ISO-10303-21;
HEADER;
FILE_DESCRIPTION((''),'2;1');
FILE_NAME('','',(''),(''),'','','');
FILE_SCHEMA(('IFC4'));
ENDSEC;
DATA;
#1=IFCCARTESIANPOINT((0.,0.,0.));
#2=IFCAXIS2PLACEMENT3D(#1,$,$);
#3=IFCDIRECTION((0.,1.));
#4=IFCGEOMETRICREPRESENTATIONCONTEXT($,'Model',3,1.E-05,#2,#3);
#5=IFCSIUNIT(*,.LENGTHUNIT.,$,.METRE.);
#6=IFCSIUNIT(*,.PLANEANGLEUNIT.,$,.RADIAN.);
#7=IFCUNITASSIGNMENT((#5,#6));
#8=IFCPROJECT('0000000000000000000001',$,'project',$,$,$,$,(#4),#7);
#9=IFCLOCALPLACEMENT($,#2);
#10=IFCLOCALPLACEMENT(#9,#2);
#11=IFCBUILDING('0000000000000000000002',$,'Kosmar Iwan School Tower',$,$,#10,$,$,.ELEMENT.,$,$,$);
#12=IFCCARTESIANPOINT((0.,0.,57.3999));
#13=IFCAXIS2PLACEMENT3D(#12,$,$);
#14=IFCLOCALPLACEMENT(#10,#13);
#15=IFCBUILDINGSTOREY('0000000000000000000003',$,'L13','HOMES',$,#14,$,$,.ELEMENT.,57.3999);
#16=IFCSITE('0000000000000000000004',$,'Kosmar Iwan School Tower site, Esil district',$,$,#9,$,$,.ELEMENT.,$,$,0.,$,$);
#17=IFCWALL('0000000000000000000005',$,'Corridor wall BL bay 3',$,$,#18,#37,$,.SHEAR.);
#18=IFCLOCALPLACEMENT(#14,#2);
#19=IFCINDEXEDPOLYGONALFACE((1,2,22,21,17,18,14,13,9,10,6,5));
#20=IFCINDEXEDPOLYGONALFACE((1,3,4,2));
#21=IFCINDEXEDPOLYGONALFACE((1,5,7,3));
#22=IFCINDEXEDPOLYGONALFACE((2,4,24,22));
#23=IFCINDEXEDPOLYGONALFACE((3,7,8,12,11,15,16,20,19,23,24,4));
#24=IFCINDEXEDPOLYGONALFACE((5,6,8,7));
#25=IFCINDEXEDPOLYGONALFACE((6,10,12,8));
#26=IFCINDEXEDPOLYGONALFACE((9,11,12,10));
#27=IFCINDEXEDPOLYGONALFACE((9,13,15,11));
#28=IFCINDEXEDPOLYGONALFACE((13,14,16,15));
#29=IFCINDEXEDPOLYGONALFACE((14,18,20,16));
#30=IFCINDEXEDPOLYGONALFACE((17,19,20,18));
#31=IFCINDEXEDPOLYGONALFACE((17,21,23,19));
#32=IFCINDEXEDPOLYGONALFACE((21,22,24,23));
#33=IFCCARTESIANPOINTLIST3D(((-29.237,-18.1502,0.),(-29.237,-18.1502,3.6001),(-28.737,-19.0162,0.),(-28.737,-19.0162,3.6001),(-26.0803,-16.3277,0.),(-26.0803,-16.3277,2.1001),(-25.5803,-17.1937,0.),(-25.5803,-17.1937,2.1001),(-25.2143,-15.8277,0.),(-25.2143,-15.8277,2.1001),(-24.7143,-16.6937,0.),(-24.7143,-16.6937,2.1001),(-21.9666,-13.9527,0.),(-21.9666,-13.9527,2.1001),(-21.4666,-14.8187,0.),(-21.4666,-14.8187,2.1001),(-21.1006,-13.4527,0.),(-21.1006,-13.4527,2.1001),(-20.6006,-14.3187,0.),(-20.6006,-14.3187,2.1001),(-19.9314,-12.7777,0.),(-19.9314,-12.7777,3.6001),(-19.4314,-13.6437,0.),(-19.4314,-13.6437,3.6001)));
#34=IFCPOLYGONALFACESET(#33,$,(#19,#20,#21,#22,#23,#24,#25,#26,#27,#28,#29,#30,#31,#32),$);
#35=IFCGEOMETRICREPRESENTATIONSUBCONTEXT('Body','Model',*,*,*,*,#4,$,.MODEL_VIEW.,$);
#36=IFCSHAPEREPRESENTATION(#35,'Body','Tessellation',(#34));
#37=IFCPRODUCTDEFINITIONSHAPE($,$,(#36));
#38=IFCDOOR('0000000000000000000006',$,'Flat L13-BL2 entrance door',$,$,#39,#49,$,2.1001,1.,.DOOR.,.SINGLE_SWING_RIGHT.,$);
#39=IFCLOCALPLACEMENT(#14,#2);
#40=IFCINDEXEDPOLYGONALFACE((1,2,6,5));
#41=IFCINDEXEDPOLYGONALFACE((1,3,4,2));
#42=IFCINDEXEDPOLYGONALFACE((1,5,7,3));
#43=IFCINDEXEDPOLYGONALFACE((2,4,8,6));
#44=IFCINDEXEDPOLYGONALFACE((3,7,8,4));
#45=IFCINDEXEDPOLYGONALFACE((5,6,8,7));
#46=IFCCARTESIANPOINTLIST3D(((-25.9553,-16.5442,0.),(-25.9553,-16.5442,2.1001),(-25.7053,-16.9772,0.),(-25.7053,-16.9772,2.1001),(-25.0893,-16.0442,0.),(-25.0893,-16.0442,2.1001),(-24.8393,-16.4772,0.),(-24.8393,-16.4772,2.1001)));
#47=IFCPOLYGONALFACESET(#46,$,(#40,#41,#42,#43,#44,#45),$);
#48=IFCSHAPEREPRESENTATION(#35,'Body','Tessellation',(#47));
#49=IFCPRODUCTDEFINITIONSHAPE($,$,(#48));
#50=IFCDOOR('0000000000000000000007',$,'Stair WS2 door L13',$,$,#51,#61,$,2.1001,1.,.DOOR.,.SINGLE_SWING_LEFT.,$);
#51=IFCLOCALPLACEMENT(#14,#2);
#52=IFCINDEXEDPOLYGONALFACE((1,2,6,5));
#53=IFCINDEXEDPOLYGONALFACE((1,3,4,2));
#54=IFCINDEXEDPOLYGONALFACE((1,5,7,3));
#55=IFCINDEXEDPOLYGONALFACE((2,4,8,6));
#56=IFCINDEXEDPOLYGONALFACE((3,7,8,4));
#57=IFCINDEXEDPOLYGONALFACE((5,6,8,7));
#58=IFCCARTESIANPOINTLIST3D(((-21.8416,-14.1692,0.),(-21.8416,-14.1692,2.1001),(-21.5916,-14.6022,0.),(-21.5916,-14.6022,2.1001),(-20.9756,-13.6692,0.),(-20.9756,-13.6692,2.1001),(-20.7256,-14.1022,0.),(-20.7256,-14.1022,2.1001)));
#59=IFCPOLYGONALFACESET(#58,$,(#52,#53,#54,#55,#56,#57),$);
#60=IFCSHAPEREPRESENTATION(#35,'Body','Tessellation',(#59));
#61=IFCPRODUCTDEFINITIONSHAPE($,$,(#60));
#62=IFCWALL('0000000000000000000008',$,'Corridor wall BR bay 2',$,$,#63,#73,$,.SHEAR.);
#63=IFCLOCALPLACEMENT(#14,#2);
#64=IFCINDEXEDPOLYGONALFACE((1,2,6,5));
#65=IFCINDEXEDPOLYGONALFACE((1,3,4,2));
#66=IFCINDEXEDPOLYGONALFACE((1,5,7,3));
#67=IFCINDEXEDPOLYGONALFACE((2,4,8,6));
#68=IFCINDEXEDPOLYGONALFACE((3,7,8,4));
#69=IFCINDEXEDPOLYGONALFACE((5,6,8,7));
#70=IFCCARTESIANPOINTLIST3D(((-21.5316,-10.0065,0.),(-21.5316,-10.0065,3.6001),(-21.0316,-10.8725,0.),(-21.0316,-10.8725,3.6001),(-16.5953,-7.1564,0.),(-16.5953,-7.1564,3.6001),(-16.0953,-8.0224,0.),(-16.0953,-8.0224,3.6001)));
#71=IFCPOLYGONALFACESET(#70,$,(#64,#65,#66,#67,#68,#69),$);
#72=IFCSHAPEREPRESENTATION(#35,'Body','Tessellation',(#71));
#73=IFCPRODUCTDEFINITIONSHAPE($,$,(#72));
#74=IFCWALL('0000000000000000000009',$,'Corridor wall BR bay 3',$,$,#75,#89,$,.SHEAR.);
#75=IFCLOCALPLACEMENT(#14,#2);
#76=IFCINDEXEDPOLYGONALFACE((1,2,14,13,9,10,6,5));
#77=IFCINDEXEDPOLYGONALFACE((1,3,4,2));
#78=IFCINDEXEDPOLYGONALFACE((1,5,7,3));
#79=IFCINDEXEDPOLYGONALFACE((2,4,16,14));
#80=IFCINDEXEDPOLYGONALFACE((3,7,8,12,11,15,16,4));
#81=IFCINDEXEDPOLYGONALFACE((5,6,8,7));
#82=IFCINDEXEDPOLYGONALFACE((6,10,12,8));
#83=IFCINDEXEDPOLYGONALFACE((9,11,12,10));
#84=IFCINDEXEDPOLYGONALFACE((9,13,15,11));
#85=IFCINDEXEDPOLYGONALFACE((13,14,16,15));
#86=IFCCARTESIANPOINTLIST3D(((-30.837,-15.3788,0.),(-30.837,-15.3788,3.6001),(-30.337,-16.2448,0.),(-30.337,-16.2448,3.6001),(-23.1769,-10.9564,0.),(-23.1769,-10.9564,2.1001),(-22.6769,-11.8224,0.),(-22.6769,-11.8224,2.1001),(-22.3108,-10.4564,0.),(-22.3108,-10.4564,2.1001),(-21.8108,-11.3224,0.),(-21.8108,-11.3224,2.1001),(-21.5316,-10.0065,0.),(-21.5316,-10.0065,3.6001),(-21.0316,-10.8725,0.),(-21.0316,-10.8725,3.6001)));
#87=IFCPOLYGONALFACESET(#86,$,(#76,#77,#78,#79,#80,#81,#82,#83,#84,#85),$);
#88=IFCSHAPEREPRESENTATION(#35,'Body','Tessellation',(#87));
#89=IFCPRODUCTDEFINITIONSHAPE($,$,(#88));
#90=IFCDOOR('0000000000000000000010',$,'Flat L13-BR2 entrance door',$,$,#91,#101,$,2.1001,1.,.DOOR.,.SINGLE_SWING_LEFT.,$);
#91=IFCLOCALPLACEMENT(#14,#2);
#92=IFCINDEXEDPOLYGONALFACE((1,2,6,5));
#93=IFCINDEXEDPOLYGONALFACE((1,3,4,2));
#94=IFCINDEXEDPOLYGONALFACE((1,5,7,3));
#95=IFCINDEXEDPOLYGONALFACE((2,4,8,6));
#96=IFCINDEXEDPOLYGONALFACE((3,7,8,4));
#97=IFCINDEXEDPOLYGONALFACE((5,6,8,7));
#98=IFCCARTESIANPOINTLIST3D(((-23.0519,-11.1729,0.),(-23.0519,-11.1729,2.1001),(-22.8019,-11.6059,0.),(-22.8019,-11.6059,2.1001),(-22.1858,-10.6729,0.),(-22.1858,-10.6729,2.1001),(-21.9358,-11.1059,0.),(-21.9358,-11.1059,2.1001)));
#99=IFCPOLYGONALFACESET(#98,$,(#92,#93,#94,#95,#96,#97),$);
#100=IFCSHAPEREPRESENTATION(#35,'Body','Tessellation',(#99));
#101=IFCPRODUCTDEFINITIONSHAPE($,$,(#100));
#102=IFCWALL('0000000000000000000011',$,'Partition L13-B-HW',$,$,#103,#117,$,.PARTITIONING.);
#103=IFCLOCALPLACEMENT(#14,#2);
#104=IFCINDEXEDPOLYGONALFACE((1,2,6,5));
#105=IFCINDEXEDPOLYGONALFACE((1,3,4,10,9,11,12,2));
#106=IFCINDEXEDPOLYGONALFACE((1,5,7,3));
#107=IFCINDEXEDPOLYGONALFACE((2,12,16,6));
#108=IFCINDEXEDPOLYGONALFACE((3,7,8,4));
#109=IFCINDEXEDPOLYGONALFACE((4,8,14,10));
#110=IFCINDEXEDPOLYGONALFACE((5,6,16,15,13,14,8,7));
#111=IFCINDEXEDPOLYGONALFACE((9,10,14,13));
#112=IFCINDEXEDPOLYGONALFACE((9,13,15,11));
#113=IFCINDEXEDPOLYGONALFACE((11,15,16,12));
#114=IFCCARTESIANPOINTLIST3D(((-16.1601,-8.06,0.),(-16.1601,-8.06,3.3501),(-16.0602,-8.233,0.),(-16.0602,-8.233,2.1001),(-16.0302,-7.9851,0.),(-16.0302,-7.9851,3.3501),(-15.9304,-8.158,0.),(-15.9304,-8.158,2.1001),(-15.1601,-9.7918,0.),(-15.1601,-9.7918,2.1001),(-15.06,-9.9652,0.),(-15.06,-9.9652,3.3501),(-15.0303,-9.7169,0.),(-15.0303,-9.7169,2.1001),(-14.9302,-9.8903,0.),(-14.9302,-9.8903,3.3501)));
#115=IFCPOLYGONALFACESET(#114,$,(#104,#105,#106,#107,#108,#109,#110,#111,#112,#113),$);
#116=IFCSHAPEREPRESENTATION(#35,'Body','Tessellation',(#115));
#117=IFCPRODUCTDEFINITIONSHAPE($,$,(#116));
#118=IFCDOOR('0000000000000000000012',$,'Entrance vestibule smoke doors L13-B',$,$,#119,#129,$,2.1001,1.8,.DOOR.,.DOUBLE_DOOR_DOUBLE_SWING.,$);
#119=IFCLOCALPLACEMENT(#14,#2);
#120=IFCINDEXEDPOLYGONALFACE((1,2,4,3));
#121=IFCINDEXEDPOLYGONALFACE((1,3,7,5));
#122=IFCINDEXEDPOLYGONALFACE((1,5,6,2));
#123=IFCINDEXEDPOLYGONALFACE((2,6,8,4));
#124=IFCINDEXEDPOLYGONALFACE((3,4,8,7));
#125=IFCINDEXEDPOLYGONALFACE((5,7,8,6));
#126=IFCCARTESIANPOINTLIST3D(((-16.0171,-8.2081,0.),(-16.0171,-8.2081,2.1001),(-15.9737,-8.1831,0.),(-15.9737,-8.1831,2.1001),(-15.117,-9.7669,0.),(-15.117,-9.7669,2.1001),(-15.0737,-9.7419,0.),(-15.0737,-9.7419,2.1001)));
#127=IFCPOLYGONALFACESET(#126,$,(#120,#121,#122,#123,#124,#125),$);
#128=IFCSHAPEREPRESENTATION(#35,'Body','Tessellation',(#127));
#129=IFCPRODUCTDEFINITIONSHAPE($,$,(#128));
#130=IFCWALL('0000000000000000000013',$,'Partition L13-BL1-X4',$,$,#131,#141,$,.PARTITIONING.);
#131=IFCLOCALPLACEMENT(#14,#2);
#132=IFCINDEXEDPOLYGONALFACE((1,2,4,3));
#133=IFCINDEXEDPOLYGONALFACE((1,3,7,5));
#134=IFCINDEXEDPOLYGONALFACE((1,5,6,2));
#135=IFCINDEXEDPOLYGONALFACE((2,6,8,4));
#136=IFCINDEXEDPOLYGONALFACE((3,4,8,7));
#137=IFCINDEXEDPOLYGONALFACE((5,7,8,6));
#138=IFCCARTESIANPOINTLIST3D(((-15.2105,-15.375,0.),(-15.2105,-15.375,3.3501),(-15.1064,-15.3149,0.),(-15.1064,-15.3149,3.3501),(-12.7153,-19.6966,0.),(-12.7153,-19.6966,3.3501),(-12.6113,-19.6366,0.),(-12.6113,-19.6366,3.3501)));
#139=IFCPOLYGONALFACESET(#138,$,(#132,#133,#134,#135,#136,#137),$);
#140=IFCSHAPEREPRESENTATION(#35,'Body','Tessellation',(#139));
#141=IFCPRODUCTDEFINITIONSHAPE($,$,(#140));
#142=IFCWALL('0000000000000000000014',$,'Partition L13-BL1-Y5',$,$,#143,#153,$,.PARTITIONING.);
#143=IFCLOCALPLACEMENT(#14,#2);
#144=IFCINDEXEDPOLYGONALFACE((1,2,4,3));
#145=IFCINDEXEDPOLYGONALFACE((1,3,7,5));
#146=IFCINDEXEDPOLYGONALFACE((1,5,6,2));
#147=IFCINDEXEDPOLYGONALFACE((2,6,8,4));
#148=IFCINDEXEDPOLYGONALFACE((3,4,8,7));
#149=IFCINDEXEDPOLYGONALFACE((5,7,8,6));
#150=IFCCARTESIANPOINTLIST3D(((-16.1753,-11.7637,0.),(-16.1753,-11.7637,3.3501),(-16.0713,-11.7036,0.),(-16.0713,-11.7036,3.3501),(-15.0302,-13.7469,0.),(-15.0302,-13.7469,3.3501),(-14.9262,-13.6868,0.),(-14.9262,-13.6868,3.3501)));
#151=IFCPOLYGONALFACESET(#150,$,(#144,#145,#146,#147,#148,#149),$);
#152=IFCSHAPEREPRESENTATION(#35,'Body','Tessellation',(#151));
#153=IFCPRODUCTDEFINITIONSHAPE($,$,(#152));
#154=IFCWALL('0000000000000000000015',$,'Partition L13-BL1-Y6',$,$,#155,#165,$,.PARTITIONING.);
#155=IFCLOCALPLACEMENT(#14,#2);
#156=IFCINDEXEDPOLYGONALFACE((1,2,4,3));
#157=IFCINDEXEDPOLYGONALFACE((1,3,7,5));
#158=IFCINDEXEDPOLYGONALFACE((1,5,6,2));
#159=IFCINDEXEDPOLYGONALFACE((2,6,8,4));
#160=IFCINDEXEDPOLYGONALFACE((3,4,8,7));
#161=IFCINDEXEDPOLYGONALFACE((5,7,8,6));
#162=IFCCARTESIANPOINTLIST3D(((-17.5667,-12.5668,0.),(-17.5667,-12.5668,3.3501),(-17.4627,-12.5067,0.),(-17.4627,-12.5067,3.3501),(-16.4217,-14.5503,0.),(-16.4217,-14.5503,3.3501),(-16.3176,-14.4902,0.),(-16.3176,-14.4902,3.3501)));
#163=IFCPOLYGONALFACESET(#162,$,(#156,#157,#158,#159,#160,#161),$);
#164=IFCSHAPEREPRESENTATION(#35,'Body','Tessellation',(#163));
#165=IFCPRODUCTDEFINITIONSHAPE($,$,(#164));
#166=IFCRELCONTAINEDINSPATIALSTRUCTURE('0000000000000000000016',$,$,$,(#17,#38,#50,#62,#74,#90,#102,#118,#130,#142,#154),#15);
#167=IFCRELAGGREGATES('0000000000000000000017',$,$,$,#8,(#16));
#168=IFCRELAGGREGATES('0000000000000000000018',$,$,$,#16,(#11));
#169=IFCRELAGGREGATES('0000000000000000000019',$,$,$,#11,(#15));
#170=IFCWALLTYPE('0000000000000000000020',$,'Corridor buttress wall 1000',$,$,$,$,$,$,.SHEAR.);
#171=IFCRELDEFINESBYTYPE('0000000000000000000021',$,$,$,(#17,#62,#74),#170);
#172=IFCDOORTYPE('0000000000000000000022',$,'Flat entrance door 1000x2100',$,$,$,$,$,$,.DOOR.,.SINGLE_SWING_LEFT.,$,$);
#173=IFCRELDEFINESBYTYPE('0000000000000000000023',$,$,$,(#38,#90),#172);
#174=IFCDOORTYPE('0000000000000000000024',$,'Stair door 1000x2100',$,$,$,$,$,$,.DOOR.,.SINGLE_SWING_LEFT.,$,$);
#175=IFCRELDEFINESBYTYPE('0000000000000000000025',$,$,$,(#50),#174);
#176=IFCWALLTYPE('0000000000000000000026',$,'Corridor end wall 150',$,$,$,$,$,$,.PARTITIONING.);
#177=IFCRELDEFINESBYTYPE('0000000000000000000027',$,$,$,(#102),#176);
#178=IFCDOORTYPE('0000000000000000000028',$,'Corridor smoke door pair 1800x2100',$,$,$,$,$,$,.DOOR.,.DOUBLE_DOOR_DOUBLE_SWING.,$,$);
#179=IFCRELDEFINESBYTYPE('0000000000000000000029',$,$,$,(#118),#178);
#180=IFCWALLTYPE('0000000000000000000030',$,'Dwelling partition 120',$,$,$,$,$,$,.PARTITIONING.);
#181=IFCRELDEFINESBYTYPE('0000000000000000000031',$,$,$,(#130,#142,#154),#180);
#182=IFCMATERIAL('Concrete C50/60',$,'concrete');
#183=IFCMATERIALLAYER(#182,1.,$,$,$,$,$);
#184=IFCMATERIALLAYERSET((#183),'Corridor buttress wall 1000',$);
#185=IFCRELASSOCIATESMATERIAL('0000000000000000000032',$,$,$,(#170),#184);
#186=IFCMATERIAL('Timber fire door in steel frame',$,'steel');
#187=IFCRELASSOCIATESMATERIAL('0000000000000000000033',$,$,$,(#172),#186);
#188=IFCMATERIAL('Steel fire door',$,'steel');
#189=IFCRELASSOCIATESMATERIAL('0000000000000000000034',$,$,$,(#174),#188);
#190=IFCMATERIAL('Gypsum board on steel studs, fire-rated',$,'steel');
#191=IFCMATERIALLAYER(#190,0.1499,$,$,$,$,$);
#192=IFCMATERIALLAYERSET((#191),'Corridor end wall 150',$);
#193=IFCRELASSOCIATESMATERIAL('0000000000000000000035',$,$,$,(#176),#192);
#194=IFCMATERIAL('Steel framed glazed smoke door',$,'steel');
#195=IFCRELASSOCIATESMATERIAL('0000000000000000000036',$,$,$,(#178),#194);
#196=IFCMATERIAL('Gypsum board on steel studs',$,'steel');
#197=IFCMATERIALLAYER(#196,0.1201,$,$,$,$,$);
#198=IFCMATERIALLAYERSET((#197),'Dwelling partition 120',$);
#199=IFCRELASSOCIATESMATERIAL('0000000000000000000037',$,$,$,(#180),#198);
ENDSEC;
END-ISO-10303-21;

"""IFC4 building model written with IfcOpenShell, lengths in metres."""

from ifc_helpers import new_model, si_unit, direction, frame, frame_2d, origin, place, context, subcontext, project, spatial, rectangle, extrude, material, layer, layer_set, type_object, element, fill, save


model = new_model("IFC4")

# Units and contexts
model_context = context("Model", 3, precision=1e-05, world=origin(), true_north=direction((0.0, 1.0)))
body_context = subcontext(model_context, "Body", "Model", "MODEL_VIEW")
ifc_project = project(units=[si_unit("LENGTHUNIT", "METRE"), si_unit("PLANEANGLEUNIT", "RADIAN")], contexts=[model_context])

# Site, building, storey
site_placement = place(None, origin())
site = spatial("IfcSite", under=ifc_project, at=site_placement, Name="Kosmar Iwan School Tower site, Esil district", CompositionType="ELEMENT", RefElevation=0.0)
building_placement = place(site_placement, origin())
building = spatial("IfcBuilding", under=site, at=building_placement, Name="Kosmar Iwan School Tower", CompositionType="ELEMENT")
storey_placement = place(building_placement, frame((0.0, 0.0, 57.3999)))
storey = spatial("IfcBuildingStorey", under=building, at=storey_placement, Name="L13", Description="HOMES", CompositionType="ELEMENT", Elevation=57.3999)

# Wall, openings, doors
ifc_material_1 = material(Name="Concrete C50/60", Category="concrete")
ifc_layer_1 = layer(ifc_material_1, 1.0)
ifc_layer_set_1 = layer_set([ifc_layer_1], Name="Corridor buttress wall 1000")
wall_type_1 = type_object("IfcWallType", Name="Corridor buttress wall 1000", PredefinedType="SHEAR", material=ifc_layer_set_1)
wall_1_placement = place(storey_placement, frame((-19.6814, -13.2107, 0.0), z_axis=(0.0, 0.0, 1.0), x_axis=(-0.866028, -0.499995, 0.0)))
wall_1 = element("IfcWall", 1, at=wall_1_placement, inside=storey, type_object=wall_type_1, Name="Corridor wall BL bay 3", PredefinedType="SHEAR", context=body_context, shape_type="SweptSolid", body=[
    extrude(rectangle(XDim=10.7451, YDim=1.0, at=frame_2d((5.3726, 0.0))), origin(), (0.0, 0.0, 1.0), 3.6001),
])
opening_1_placement = place(wall_1_placement, frame((6.1001, 0.0, 0.0)))
opening_1 = element("IfcOpeningElement", 2, at=opening_1_placement, cuts=wall_1, PredefinedType="OPENING", context=body_context, shape_type="SweptSolid", body=[
    extrude(rectangle(XDim=1.0, YDim=2.1001, at=frame_2d((0.5, 1.05))), frame((0.0, 0.512, 0.0), z_axis=(0.0, -1.0, 0.0), x_axis=(1.0, 0.0, 0.0)), (0.0, 0.0, 1.0), 1.0239),
])
opening_2_placement = place(wall_1_placement, frame((1.3501, 0.0, 0.0)))
opening_2 = element("IfcOpeningElement", 3, at=opening_2_placement, cuts=wall_1, PredefinedType="OPENING", context=body_context, shape_type="SweptSolid", body=[
    extrude(rectangle(XDim=1.0, YDim=2.1001, at=frame_2d((0.5, 1.05))), frame((0.0, 0.512, 0.0), z_axis=(0.0, -1.0, 0.0), x_axis=(1.0, 0.0, 0.0)), (0.0, 0.0, 1.0), 1.0239),
])
ifc_material_2 = material(Name="Timber fire door in steel frame", Category="steel")
door_type_1 = type_object("IfcDoorType", Name="Flat entrance door 1000x2100", OperationType="SINGLE_SWING_LEFT", PredefinedType="DOOR", material=ifc_material_2)
door_1_placement = place(opening_1_placement, origin())
door_1 = element("IfcDoor", 4, at=door_1_placement, inside=storey, type_object=door_type_1, Name="Flat L13-BL2 entrance door", OperationType="SINGLE_SWING_RIGHT", OverallHeight=2.1001, OverallWidth=1.0, PredefinedType="DOOR", context=body_context, shape_type="SweptSolid", body=[
    extrude(rectangle(XDim=1.0, YDim=2.1001, at=frame_2d((0.5, 1.05))), frame((0.0, 0.25, 0.0), z_axis=(0.0, -1.0, 0.0), x_axis=(1.0, 0.0, 0.0)), (0.0, 0.0, 1.0), 0.5),
])
fill(opening_1, door_1)
ifc_material_3 = material(Name="Steel fire door", Category="steel")
door_type_2 = type_object("IfcDoorType", Name="Stair door 1000x2100", OperationType="SINGLE_SWING_LEFT", PredefinedType="DOOR", material=ifc_material_3)
door_2_placement = place(opening_2_placement, origin())
door_2 = element("IfcDoor", 5, at=door_2_placement, inside=storey, type_object=door_type_2, Name="Stair WS2 door L13", OperationType="SINGLE_SWING_LEFT", OverallHeight=2.1001, OverallWidth=1.0, PredefinedType="DOOR", context=body_context, shape_type="SweptSolid", body=[
    extrude(rectangle(XDim=1.0, YDim=2.1001, at=frame_2d((0.5, 1.05))), frame((0.0, 0.25, 0.0), z_axis=(0.0, -1.0, 0.0), x_axis=(1.0, 0.0, 0.0)), (0.0, 0.0, 1.0), 0.5),
])
fill(opening_2, door_2)

# Wall
wall_2_placement = place(storey_placement, frame((-16.3452, -7.5894, 0.0), z_axis=(0.0, 0.0, 1.0), x_axis=(-0.866015, -0.500018, 0.0)))
element("IfcWall", 6, at=wall_2_placement, inside=storey, type_object=wall_type_1, Name="Corridor wall BR bay 2", PredefinedType="SHEAR", context=body_context, shape_type="SweptSolid", body=[
    extrude(rectangle(XDim=5.7, YDim=1.0, at=frame_2d((2.8501, 0.0))), origin(), (0.0, 0.0, 1.0), 3.6001),
])

# Walls, openings, doors
wall_3_placement = place(storey_placement, frame((-21.2815, -10.4395, 0.0), z_axis=(0.0, 0.0, 1.0), x_axis=(-0.866032, -0.499988, 0.0)))
wall_3 = element("IfcWall", 7, at=wall_3_placement, inside=storey, type_object=wall_type_1, Name="Corridor wall BR bay 3", PredefinedType="SHEAR", context=body_context, shape_type="SweptSolid", body=[
    extrude(rectangle(XDim=10.7449, YDim=1.0, at=frame_2d((5.3726, 0.0))), origin(), (0.0, 0.0, 1.0), 3.6001),
])
opening_3_placement = place(wall_3_placement, frame((0.8999, 0.0, 0.0)))
opening_3 = element("IfcOpeningElement", 8, at=opening_3_placement, cuts=wall_3, PredefinedType="OPENING", context=body_context, shape_type="SweptSolid", body=[
    extrude(rectangle(XDim=1.0, YDim=2.1001, at=frame_2d((0.5, 1.05))), frame((0.0, 0.512, 0.0), z_axis=(0.0, -1.0, 0.0), x_axis=(1.0, 0.0, 0.0)), (0.0, 0.0, 1.0), 1.0239),
])
door_3_placement = place(opening_3_placement, origin())
door_3 = element("IfcDoor", 9, at=door_3_placement, inside=storey, type_object=door_type_1, Name="Flat L13-BR2 entrance door", OperationType="SINGLE_SWING_LEFT", OverallHeight=2.1001, OverallWidth=1.0, PredefinedType="DOOR", context=body_context, shape_type="SweptSolid", body=[
    extrude(rectangle(XDim=1.0, YDim=2.1001, at=frame_2d((0.5, 1.05))), frame((0.0, 0.25, 0.0), z_axis=(0.0, -1.0, 0.0), x_axis=(1.0, 0.0, 0.0)), (0.0, 0.0, 1.0), 0.5),
])
fill(opening_3, door_3)
ifc_material_4 = material(Name="Gypsum board on steel studs, fire-rated", Category="steel")
ifc_layer_2 = layer(ifc_material_4, 0.1499)
ifc_layer_set_2 = layer_set([ifc_layer_2], Name="Corridor end wall 150")
wall_type_2 = type_object("IfcWallType", Name="Corridor end wall 150", PredefinedType="PARTITIONING", material=ifc_layer_set_2)
wall_4_placement = place(storey_placement, frame((-16.0952, -8.0225, 0.0), z_axis=(0.0, 0.0, 1.0), x_axis=(0.50003, -0.866008, 0.0)))
wall_4 = element("IfcWall", 10, at=wall_4_placement, inside=storey, type_object=wall_type_2, Name="Partition L13-B-HW", PredefinedType="PARTITIONING", context=body_context, shape_type="SweptSolid", body=[
    extrude(rectangle(XDim=2.2, YDim=0.1499, at=frame_2d((1.1001, 0.0))), origin(), (0.0, 0.0, 1.0), 3.3501),
])
opening_4_placement = place(wall_4_placement, frame((0.2, 0.0, 0.0)))
opening_4 = element("IfcOpeningElement", 11, at=opening_4_placement, cuts=wall_4, PredefinedType="OPENING", context=body_context, shape_type="SweptSolid", body=[
    extrude(rectangle(XDim=1.8, YDim=2.1001, at=frame_2d((0.8999, 1.05))), frame((0.0, 0.0869, 0.0), z_axis=(0.0, -1.0, 0.0), x_axis=(1.0, 0.0, 0.0)), (0.0, 0.0, 1.0), 0.1738),
])
ifc_material_5 = material(Name="Steel framed glazed smoke door", Category="steel")
door_type_3 = type_object("IfcDoorType", Name="Corridor smoke door pair 1800x2100", OperationType="DOUBLE_DOOR_DOUBLE_SWING", PredefinedType="DOOR", material=ifc_material_5)
door_4_placement = place(opening_4_placement, origin())
door_4 = element("IfcDoor", 12, at=door_4_placement, inside=storey, type_object=door_type_3, Name="Entrance vestibule smoke doors L13-B", OperationType="DOUBLE_DOOR_DOUBLE_SWING", OverallHeight=2.1001, OverallWidth=1.8, PredefinedType="DOOR", context=body_context, shape_type="SweptSolid", body=[
    extrude(rectangle(XDim=1.8, YDim=2.1001, at=frame_2d((0.8999, 1.05))), frame((0.0, 0.0249, 0.0), z_axis=(0.0, -1.0, 0.0), x_axis=(1.0, 0.0, 0.0)), (0.0, 0.0, 1.0), 0.05),
])
fill(opening_4, door_4)

# Walls
ifc_material_6 = material(Name="Gypsum board on steel studs", Category="steel")
ifc_layer_3 = layer(ifc_material_6, 0.1201)
ifc_layer_set_3 = layer_set([ifc_layer_3], Name="Dwelling partition 120")
wall_type_3 = type_object("IfcWallType", Name="Dwelling partition 120", PredefinedType="PARTITIONING", material=ifc_layer_set_3)
wall_5_placement = place(storey_placement, frame((-15.1584, -15.345, 0.0), z_axis=(0.0, 0.0, 1.0), x_axis=(0.500012, -0.866019, 0.0)))
element("IfcWall", 13, at=wall_5_placement, inside=storey, type_object=wall_type_3, Name="Partition L13-BL1-X4", PredefinedType="PARTITIONING", context=body_context, shape_type="SweptSolid", body=[
    extrude(rectangle(XDim=4.9902, YDim=0.1201, at=frame_2d((2.4951, 0.0))), origin(), (0.0, 0.0, 1.0), 3.3501),
])
wall_6_placement = place(storey_placement, frame((-16.1233, -11.7336, 0.0), z_axis=(0.0, 0.0, 1.0), x_axis=(0.500015, -0.866017, 0.0)))
element("IfcWall", 14, at=wall_6_placement, inside=storey, type_object=wall_type_3, Name="Partition L13-BL1-Y5", PredefinedType="PARTITIONING", context=body_context, shape_type="SweptSolid", body=[
    extrude(rectangle(XDim=2.29, YDim=0.1201, at=frame_2d((1.145, 0.0))), origin(), (0.0, 0.0, 1.0), 3.3501),
])
wall_7_placement = place(storey_placement, frame((-17.5146, -12.5369, 0.0), z_axis=(0.0, 0.0, 1.0), x_axis=(0.499969, -0.866044, 0.0)))
element("IfcWall", 15, at=wall_7_placement, inside=storey, type_object=wall_type_3, Name="Partition L13-BL1-Y6", PredefinedType="PARTITIONING", context=body_context, shape_type="SweptSolid", body=[
    extrude(rectangle(XDim=2.2903, YDim=0.1201, at=frame_2d((1.145, 0.0))), origin(), (0.0, 0.0, 1.0), 3.3501),
])

save(model, "model.ifc")
